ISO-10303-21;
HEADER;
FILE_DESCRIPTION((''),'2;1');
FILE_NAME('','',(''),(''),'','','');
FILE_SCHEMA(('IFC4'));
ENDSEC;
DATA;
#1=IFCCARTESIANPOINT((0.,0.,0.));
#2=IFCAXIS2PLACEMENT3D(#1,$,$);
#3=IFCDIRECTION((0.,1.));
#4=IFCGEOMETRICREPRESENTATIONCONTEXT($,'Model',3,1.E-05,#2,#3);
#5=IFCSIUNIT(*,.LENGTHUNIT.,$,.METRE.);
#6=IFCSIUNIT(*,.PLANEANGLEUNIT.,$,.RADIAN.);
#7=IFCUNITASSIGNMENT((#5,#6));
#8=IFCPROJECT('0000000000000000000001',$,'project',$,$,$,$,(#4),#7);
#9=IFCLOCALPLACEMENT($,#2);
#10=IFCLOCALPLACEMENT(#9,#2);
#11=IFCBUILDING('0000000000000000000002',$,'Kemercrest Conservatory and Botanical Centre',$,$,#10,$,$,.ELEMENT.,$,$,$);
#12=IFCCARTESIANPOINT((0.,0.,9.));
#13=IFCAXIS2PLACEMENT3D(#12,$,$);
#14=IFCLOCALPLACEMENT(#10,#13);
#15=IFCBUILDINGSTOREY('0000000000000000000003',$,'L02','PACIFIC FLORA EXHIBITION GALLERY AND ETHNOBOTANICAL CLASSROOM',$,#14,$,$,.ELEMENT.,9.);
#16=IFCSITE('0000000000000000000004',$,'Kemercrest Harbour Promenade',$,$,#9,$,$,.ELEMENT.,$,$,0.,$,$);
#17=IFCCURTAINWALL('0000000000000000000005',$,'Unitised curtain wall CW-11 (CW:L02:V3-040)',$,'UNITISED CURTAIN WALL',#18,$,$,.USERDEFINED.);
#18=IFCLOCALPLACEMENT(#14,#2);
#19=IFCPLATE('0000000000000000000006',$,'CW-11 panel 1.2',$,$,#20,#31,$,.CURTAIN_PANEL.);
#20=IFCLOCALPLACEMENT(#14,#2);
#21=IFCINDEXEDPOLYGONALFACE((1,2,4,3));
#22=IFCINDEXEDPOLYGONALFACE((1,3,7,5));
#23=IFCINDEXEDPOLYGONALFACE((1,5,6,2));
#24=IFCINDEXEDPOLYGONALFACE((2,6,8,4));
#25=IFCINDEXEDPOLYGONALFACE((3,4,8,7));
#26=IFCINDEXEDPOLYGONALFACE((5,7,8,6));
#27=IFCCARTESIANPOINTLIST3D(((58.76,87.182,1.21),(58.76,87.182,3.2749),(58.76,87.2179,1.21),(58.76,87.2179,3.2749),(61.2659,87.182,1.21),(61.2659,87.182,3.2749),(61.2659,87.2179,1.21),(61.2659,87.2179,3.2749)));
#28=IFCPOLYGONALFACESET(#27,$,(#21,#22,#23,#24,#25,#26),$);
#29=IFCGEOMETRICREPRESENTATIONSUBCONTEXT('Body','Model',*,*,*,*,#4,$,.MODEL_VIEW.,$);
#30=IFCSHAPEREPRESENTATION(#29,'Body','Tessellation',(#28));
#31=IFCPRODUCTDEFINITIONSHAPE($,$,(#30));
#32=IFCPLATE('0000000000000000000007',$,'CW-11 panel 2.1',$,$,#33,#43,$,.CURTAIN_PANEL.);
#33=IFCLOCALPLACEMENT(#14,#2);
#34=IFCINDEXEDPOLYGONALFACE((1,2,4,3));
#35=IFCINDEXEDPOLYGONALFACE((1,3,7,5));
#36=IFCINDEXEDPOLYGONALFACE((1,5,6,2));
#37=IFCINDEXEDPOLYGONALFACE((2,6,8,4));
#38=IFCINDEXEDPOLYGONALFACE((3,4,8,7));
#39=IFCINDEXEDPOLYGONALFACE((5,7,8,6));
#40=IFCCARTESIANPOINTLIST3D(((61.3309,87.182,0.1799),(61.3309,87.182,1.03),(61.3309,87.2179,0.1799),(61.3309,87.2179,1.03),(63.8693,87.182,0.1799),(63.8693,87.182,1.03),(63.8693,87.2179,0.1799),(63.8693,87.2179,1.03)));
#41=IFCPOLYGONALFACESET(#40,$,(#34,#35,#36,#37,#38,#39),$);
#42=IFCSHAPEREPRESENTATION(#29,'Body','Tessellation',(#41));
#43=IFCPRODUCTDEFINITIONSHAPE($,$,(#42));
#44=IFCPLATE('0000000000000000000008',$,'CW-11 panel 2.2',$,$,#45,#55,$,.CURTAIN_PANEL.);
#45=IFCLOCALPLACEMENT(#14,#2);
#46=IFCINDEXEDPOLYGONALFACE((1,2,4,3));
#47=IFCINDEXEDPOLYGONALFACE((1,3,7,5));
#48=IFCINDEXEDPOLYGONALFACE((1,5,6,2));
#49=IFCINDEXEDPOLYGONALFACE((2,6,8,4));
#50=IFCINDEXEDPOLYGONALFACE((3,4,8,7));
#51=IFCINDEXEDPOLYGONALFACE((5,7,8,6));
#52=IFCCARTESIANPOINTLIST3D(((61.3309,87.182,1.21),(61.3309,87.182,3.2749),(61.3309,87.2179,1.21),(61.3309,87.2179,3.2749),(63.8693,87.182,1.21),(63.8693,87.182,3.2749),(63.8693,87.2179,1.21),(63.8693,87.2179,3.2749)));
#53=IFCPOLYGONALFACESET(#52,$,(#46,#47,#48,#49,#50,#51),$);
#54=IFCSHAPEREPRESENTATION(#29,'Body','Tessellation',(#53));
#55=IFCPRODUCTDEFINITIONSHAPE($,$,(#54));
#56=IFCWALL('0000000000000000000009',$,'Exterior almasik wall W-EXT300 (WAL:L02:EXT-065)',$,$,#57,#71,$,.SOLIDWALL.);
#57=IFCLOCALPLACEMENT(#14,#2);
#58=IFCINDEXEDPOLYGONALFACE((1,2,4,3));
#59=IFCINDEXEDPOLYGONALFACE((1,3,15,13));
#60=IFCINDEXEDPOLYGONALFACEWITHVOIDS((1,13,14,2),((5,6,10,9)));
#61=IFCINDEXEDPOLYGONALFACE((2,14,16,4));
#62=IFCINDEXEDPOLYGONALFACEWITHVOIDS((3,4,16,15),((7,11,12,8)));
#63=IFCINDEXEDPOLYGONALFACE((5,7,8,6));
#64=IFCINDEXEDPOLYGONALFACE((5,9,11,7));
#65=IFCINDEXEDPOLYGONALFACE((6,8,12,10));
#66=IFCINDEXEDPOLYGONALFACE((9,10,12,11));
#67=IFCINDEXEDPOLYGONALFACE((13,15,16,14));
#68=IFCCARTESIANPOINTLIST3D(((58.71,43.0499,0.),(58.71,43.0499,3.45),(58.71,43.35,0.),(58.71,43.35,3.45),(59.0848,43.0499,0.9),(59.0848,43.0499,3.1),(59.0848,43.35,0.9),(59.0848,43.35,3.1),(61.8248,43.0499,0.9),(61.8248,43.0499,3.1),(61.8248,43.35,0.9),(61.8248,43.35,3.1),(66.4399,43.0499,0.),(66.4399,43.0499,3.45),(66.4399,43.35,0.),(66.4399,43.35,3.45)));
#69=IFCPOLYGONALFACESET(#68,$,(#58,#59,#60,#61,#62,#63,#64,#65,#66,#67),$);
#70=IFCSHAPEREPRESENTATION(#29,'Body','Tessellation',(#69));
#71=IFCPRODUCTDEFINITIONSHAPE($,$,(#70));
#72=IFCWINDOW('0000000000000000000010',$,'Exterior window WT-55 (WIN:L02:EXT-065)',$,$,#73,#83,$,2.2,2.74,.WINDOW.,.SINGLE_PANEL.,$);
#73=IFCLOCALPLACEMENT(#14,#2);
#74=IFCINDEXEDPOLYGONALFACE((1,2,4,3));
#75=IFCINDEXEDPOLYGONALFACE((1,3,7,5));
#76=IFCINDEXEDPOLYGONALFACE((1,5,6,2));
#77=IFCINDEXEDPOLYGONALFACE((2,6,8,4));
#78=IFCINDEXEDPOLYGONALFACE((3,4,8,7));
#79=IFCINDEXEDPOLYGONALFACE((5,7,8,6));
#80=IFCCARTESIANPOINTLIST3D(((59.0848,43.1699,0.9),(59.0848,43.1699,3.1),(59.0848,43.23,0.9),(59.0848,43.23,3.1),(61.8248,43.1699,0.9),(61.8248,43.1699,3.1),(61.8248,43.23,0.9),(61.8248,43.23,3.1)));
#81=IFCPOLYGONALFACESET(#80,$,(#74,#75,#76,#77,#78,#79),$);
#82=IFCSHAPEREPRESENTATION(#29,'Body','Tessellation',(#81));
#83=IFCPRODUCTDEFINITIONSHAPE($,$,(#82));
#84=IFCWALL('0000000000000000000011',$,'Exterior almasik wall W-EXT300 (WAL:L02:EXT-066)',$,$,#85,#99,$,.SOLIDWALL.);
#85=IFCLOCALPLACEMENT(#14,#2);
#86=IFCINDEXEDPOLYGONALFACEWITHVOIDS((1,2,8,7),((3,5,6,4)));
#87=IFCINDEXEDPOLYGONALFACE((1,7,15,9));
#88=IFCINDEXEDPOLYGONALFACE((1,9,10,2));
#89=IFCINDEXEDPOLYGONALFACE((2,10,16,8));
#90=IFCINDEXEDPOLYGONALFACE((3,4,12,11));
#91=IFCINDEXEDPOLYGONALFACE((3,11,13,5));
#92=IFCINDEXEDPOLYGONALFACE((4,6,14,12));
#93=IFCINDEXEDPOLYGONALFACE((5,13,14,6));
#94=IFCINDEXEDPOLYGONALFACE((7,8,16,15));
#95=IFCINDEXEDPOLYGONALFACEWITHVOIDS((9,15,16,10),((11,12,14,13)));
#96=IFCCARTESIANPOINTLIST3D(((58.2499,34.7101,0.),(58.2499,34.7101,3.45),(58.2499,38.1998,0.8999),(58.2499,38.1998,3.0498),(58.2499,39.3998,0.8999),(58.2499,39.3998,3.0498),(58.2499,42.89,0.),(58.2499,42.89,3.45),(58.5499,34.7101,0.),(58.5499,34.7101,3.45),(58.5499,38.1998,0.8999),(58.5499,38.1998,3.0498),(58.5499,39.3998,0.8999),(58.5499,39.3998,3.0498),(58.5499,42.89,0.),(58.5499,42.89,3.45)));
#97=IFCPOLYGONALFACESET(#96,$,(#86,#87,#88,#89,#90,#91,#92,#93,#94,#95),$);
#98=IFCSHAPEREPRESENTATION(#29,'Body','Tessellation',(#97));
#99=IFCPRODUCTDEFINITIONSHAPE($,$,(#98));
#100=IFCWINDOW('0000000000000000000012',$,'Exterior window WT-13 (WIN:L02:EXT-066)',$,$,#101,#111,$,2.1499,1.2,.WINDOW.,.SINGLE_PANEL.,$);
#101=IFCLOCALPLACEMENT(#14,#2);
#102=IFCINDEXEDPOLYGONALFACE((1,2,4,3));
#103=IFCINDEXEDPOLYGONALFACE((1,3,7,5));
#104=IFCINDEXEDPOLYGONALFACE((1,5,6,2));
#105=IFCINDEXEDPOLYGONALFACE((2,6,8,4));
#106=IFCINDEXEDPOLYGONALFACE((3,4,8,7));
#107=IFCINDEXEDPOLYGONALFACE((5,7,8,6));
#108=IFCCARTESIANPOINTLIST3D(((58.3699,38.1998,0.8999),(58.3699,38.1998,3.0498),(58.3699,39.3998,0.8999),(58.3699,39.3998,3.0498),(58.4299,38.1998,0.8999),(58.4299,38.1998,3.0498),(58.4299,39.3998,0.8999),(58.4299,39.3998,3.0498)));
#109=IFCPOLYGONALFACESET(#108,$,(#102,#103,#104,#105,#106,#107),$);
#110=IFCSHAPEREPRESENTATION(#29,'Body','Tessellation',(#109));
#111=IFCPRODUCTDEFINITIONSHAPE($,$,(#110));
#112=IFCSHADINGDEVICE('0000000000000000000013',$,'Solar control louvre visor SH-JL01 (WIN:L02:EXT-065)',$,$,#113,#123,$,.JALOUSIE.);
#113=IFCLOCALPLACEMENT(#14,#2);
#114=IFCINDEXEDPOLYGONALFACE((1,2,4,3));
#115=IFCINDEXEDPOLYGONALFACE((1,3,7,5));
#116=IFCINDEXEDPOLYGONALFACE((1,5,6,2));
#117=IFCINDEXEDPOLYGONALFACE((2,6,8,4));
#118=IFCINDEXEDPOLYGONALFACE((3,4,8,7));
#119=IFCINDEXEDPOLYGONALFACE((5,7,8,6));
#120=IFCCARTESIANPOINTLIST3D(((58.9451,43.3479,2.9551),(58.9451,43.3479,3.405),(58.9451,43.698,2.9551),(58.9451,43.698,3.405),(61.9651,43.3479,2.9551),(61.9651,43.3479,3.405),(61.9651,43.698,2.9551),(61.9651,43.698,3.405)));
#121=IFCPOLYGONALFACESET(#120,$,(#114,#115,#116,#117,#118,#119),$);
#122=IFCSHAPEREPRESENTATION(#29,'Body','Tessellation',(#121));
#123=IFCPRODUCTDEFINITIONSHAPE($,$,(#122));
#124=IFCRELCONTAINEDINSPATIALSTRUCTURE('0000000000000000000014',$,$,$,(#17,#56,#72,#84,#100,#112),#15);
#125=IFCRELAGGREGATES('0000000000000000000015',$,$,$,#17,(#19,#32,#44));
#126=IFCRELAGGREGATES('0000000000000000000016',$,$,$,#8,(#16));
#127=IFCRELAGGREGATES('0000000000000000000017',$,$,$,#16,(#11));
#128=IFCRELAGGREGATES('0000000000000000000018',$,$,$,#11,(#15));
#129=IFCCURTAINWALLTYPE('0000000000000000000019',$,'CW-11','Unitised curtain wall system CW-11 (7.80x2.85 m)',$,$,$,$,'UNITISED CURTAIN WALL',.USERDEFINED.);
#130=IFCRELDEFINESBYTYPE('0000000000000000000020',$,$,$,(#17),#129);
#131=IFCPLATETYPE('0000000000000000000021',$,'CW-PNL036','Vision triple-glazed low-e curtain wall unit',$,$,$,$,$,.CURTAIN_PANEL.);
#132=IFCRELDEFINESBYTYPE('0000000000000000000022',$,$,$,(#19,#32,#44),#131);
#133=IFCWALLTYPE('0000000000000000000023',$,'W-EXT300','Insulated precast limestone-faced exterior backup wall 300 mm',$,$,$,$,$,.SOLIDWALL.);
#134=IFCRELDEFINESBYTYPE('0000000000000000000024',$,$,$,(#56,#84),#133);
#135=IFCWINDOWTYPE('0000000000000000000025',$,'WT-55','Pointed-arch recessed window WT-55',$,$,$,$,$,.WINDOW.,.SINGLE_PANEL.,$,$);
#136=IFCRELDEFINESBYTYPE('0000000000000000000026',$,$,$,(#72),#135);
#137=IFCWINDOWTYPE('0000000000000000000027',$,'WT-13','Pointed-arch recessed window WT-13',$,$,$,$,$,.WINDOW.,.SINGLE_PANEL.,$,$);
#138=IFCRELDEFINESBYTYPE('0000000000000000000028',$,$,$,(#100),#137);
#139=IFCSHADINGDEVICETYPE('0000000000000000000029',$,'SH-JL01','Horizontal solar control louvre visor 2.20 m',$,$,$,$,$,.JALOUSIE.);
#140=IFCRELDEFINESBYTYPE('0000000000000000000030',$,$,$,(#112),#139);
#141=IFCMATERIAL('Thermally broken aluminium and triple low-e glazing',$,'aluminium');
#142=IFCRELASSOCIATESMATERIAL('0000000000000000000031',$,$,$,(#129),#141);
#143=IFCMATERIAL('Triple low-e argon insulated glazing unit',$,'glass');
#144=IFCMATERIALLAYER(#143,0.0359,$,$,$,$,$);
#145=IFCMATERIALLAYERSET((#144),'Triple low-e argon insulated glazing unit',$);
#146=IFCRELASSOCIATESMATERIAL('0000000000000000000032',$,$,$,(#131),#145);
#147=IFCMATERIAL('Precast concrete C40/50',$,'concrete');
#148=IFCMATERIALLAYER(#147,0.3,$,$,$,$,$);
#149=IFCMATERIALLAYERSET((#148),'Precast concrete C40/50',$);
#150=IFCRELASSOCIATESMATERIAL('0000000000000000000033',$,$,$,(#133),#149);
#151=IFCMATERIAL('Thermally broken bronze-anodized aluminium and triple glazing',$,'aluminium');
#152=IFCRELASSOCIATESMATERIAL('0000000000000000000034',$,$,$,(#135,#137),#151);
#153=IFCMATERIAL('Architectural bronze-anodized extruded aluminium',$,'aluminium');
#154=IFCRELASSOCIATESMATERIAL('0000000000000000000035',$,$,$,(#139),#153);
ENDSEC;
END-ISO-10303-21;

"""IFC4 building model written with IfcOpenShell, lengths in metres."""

from ifc_helpers import new_model, si_unit, direction, frame, frame_2d, origin, origin_2d, place, context, subcontext, project, spatial, rectangle, extrude, material, layer, layer_set, type_object, element, fill, aggregate, save


model = new_model("IFC4")

# Units and contexts
model_context = context("Model", 3, precision=1e-05, world=origin(), true_north=direction((0.0, 1.0)))
body_context = subcontext(model_context, "Body", "Model", "MODEL_VIEW")
ifc_project = project(units=[si_unit("LENGTHUNIT", "METRE"), si_unit("PLANEANGLEUNIT", "RADIAN")], contexts=[model_context])

# Site, building, storey
site_placement = place(None, origin())
site = spatial("IfcSite", under=ifc_project, at=site_placement, Name="Kemercrest Harbour Promenade", CompositionType="ELEMENT", RefElevation=0.0)
building_placement = place(site_placement, origin())
building = spatial("IfcBuilding", under=site, at=building_placement, Name="Kemercrest Conservatory and Botanical Centre", CompositionType="ELEMENT")
storey_placement = place(building_placement, frame((0.0, 0.0, 9.0)))
storey = spatial("IfcBuildingStorey", under=building, at=storey_placement, Name="L02", Description="PACIFIC FLORA EXHIBITION GALLERY AND ETHNOBOTANICAL CLASSROOM", CompositionType="ELEMENT", Elevation=9.0)

# Curtain wall
ifc_material_1 = material(Name="Thermally broken aluminium and triple low-e glazing", Category="aluminium")
curtain_wall_type = type_object("IfcCurtainWallType", Name="CW-11", Description="Unitised curtain wall system CW-11 (7.80x2.85 m)", ElementType="UNITISED CURTAIN WALL", PredefinedType="USERDEFINED", material=ifc_material_1)
curtain_wall_placement = place(storey_placement, origin())
curtain_wall = element("IfcCurtainWall", 1, at=curtain_wall_placement, inside=storey, type_object=curtain_wall_type, Name="Unitised curtain wall CW-11 (CW:L02:V3-040)", ObjectType="UNITISED CURTAIN WALL", PredefinedType="USERDEFINED")

# Plates
ifc_material_2 = material(Name="Triple low-e argon insulated glazing unit", Category="glass")
ifc_layer_1 = layer(ifc_material_2, 0.0359)
ifc_layer_set_1 = layer_set([ifc_layer_1], Name="Triple low-e argon insulated glazing unit")
plate_type = type_object("IfcPlateType", Name="CW-PNL036", Description="Vision triple-glazed low-e curtain wall unit", PredefinedType="CURTAIN_PANEL", material=ifc_layer_set_1)
plate_1_placement = place(storey_placement, frame((60.0129, 87.2, 1.21), z_axis=(0.0, 0.0, 1.0), x_axis=(1.0, 0.0, 0.0)))
plate_1 = element("IfcPlate", 2, at=plate_1_placement, type_object=plate_type, Name="CW-11 panel 1.2", PredefinedType="CURTAIN_PANEL", context=body_context, shape_type="SweptSolid", body=[
    extrude(rectangle(XDim=2.5059, YDim=0.0359, at=origin_2d()), origin(), (0.0, 0.0, 1.0), 2.0649),
])
plate_2_placement = place(storey_placement, frame((62.6001, 87.2, 0.1799), z_axis=(0.0, 0.0, 1.0), x_axis=(1.0, 0.0, 0.0)))
plate_2 = element("IfcPlate", 3, at=plate_2_placement, type_object=plate_type, Name="CW-11 panel 2.1", PredefinedType="CURTAIN_PANEL", context=body_context, shape_type="SweptSolid", body=[
    extrude(rectangle(XDim=2.5383, YDim=0.0359, at=origin_2d()), origin(), (0.0, 0.0, 1.0), 0.8501),
])
plate_3_placement = place(storey_placement, frame((62.6001, 87.2, 1.21), z_axis=(0.0, 0.0, 1.0), x_axis=(1.0, 0.0, 0.0)))
plate_3 = element("IfcPlate", 4, at=plate_3_placement, type_object=plate_type, Name="CW-11 panel 2.2", PredefinedType="CURTAIN_PANEL", context=body_context, shape_type="SweptSolid", body=[
    extrude(rectangle(XDim=2.5383, YDim=0.0359, at=origin_2d()), origin(), (0.0, 0.0, 1.0), 2.0649),
])
aggregate(curtain_wall, [plate_1, plate_2, plate_3])

# Walls, openings, windows
ifc_material_3 = material(Name="Precast concrete C40/50", Category="concrete")
ifc_layer_2 = layer(ifc_material_3, 0.3)
ifc_layer_set_2 = layer_set([ifc_layer_2], Name="Precast concrete C40/50")
wall_type = type_object("IfcWallType", Name="W-EXT300", Description="Insulated precast limestone-faced exterior backup wall 300 mm", PredefinedType="SOLIDWALL", material=ifc_layer_set_2)
wall_1_placement = place(storey_placement, frame((66.4399, 43.2, 0.0), z_axis=(0.0, 0.0, 1.0), x_axis=(-1.0, 0.0, 0.0)))
wall_1 = element("IfcWall", 5, at=wall_1_placement, inside=storey, type_object=wall_type, Name="Exterior almasik wall W-EXT300 (WAL:L02:EXT-065)", PredefinedType="SOLIDWALL", context=body_context, shape_type="SweptSolid", body=[
    extrude(rectangle(XDim=7.73, YDim=0.3, at=frame_2d((3.865, 0.0))), origin(), (0.0, 0.0, 1.0), 3.45),
])
opening_1_placement = place(wall_1_placement, frame((4.615, 0.0, 0.8999)))
opening_1 = element("IfcOpeningElement", 6, at=opening_1_placement, cuts=wall_1, PredefinedType="OPENING", context=body_context, shape_type="SweptSolid", body=[
    extrude(rectangle(XDim=2.74, YDim=2.2, at=frame_2d((1.3701, 1.1001))), frame((0.0, 0.1602, 0.0), z_axis=(0.0, -1.0, 0.0), x_axis=(1.0, 0.0, 0.0)), (0.0, 0.0, 1.0), 0.3201),
])
ifc_material_4 = material(Name="Thermally broken bronze-anodized aluminium and triple glazing", Category="aluminium")
window_type_1 = type_object("IfcWindowType", Name="WT-55", Description="Pointed-arch recessed window WT-55", PartitioningType="SINGLE_PANEL", PredefinedType="WINDOW", material=ifc_material_4)
window_1_placement = place(opening_1_placement, origin())
window_1 = element("IfcWindow", 7, at=window_1_placement, inside=storey, type_object=window_type_1, Name="Exterior window WT-55 (WIN:L02:EXT-065)", OverallHeight=2.2, OverallWidth=2.74, PartitioningType="SINGLE_PANEL", PredefinedType="WINDOW", context=body_context, shape_type="SweptSolid", body=[
    extrude(rectangle(XDim=2.74, YDim=2.2, at=frame_2d((1.3701, 1.1001))), frame((0.0, 0.03, 0.0), z_axis=(0.0, -1.0, 0.0), x_axis=(1.0, 0.0, 0.0)), (0.0, 0.0, 1.0), 0.0601),
])
fill(opening_1, window_1)
wall_2_placement = place(storey_placement, frame((58.3999, 42.8899, 0.0), z_axis=(0.0, 0.0, 1.0), x_axis=(0.0, -1.0, 0.0)))
wall_2 = element("IfcWall", 8, at=wall_2_placement, inside=storey, type_object=wall_type, Name="Exterior almasik wall W-EXT300 (WAL:L02:EXT-066)", PredefinedType="SOLIDWALL", context=body_context, shape_type="SweptSolid", body=[
    extrude(rectangle(XDim=8.1799, YDim=0.3, at=frame_2d((4.0898, 0.0))), origin(), (0.0, 0.0, 1.0), 3.45),
])
opening_2_placement = place(wall_2_placement, frame((3.49, 0.0, 0.8999)))
opening_2 = element("IfcOpeningElement", 9, at=opening_2_placement, cuts=wall_2, PredefinedType="OPENING", context=body_context, shape_type="SweptSolid", body=[
    extrude(rectangle(XDim=1.2, YDim=2.1499, at=frame_2d((0.6001, 1.075))), frame((0.0, 0.1602, 0.0), z_axis=(0.0, -1.0, 0.0), x_axis=(1.0, 0.0, 0.0)), (0.0, 0.0, 1.0), 0.3201),
])
window_type_2 = type_object("IfcWindowType", Name="WT-13", Description="Pointed-arch recessed window WT-13", PartitioningType="SINGLE_PANEL", PredefinedType="WINDOW", material=ifc_material_4)
window_2_placement = place(opening_2_placement, origin())
window_2 = element("IfcWindow", 10, at=window_2_placement, inside=storey, type_object=window_type_2, Name="Exterior window WT-13 (WIN:L02:EXT-066)", OverallHeight=2.1499, OverallWidth=1.2, PartitioningType="SINGLE_PANEL", PredefinedType="WINDOW", context=body_context, shape_type="SweptSolid", body=[
    extrude(rectangle(XDim=1.2, YDim=2.1499, at=frame_2d((0.6001, 1.075))), frame((0.0, 0.03, 0.0), z_axis=(0.0, -1.0, 0.0), x_axis=(1.0, 0.0, 0.0)), (0.0, 0.0, 1.0), 0.0601),
])
fill(opening_2, window_2)

# Shading device
ifc_material_5 = material(Name="Architectural bronze-anodized extruded aluminium", Category="aluminium")
shading_device_type = type_object("IfcShadingDeviceType", Name="SH-JL01", Description="Horizontal solar control louvre visor 2.20 m", PredefinedType="JALOUSIE", material=ifc_material_5)
shading_device_placement = place(storey_placement, frame((60.4551, 43.5229, 2.9551), z_axis=(0.0, 0.0, 1.0), x_axis=(-1.0, 0.0, 0.0)))
element("IfcShadingDevice", 11, at=shading_device_placement, inside=storey, type_object=shading_device_type, Name="Solar control louvre visor SH-JL01 (WIN:L02:EXT-065)", PredefinedType="JALOUSIE", context=body_context, shape_type="SweptSolid", body=[
    extrude(rectangle(XDim=3.02, YDim=0.3501, at=origin_2d()), origin(), (0.0, 0.0, 1.0), 0.45),
])

save(model, "model.ifc")
